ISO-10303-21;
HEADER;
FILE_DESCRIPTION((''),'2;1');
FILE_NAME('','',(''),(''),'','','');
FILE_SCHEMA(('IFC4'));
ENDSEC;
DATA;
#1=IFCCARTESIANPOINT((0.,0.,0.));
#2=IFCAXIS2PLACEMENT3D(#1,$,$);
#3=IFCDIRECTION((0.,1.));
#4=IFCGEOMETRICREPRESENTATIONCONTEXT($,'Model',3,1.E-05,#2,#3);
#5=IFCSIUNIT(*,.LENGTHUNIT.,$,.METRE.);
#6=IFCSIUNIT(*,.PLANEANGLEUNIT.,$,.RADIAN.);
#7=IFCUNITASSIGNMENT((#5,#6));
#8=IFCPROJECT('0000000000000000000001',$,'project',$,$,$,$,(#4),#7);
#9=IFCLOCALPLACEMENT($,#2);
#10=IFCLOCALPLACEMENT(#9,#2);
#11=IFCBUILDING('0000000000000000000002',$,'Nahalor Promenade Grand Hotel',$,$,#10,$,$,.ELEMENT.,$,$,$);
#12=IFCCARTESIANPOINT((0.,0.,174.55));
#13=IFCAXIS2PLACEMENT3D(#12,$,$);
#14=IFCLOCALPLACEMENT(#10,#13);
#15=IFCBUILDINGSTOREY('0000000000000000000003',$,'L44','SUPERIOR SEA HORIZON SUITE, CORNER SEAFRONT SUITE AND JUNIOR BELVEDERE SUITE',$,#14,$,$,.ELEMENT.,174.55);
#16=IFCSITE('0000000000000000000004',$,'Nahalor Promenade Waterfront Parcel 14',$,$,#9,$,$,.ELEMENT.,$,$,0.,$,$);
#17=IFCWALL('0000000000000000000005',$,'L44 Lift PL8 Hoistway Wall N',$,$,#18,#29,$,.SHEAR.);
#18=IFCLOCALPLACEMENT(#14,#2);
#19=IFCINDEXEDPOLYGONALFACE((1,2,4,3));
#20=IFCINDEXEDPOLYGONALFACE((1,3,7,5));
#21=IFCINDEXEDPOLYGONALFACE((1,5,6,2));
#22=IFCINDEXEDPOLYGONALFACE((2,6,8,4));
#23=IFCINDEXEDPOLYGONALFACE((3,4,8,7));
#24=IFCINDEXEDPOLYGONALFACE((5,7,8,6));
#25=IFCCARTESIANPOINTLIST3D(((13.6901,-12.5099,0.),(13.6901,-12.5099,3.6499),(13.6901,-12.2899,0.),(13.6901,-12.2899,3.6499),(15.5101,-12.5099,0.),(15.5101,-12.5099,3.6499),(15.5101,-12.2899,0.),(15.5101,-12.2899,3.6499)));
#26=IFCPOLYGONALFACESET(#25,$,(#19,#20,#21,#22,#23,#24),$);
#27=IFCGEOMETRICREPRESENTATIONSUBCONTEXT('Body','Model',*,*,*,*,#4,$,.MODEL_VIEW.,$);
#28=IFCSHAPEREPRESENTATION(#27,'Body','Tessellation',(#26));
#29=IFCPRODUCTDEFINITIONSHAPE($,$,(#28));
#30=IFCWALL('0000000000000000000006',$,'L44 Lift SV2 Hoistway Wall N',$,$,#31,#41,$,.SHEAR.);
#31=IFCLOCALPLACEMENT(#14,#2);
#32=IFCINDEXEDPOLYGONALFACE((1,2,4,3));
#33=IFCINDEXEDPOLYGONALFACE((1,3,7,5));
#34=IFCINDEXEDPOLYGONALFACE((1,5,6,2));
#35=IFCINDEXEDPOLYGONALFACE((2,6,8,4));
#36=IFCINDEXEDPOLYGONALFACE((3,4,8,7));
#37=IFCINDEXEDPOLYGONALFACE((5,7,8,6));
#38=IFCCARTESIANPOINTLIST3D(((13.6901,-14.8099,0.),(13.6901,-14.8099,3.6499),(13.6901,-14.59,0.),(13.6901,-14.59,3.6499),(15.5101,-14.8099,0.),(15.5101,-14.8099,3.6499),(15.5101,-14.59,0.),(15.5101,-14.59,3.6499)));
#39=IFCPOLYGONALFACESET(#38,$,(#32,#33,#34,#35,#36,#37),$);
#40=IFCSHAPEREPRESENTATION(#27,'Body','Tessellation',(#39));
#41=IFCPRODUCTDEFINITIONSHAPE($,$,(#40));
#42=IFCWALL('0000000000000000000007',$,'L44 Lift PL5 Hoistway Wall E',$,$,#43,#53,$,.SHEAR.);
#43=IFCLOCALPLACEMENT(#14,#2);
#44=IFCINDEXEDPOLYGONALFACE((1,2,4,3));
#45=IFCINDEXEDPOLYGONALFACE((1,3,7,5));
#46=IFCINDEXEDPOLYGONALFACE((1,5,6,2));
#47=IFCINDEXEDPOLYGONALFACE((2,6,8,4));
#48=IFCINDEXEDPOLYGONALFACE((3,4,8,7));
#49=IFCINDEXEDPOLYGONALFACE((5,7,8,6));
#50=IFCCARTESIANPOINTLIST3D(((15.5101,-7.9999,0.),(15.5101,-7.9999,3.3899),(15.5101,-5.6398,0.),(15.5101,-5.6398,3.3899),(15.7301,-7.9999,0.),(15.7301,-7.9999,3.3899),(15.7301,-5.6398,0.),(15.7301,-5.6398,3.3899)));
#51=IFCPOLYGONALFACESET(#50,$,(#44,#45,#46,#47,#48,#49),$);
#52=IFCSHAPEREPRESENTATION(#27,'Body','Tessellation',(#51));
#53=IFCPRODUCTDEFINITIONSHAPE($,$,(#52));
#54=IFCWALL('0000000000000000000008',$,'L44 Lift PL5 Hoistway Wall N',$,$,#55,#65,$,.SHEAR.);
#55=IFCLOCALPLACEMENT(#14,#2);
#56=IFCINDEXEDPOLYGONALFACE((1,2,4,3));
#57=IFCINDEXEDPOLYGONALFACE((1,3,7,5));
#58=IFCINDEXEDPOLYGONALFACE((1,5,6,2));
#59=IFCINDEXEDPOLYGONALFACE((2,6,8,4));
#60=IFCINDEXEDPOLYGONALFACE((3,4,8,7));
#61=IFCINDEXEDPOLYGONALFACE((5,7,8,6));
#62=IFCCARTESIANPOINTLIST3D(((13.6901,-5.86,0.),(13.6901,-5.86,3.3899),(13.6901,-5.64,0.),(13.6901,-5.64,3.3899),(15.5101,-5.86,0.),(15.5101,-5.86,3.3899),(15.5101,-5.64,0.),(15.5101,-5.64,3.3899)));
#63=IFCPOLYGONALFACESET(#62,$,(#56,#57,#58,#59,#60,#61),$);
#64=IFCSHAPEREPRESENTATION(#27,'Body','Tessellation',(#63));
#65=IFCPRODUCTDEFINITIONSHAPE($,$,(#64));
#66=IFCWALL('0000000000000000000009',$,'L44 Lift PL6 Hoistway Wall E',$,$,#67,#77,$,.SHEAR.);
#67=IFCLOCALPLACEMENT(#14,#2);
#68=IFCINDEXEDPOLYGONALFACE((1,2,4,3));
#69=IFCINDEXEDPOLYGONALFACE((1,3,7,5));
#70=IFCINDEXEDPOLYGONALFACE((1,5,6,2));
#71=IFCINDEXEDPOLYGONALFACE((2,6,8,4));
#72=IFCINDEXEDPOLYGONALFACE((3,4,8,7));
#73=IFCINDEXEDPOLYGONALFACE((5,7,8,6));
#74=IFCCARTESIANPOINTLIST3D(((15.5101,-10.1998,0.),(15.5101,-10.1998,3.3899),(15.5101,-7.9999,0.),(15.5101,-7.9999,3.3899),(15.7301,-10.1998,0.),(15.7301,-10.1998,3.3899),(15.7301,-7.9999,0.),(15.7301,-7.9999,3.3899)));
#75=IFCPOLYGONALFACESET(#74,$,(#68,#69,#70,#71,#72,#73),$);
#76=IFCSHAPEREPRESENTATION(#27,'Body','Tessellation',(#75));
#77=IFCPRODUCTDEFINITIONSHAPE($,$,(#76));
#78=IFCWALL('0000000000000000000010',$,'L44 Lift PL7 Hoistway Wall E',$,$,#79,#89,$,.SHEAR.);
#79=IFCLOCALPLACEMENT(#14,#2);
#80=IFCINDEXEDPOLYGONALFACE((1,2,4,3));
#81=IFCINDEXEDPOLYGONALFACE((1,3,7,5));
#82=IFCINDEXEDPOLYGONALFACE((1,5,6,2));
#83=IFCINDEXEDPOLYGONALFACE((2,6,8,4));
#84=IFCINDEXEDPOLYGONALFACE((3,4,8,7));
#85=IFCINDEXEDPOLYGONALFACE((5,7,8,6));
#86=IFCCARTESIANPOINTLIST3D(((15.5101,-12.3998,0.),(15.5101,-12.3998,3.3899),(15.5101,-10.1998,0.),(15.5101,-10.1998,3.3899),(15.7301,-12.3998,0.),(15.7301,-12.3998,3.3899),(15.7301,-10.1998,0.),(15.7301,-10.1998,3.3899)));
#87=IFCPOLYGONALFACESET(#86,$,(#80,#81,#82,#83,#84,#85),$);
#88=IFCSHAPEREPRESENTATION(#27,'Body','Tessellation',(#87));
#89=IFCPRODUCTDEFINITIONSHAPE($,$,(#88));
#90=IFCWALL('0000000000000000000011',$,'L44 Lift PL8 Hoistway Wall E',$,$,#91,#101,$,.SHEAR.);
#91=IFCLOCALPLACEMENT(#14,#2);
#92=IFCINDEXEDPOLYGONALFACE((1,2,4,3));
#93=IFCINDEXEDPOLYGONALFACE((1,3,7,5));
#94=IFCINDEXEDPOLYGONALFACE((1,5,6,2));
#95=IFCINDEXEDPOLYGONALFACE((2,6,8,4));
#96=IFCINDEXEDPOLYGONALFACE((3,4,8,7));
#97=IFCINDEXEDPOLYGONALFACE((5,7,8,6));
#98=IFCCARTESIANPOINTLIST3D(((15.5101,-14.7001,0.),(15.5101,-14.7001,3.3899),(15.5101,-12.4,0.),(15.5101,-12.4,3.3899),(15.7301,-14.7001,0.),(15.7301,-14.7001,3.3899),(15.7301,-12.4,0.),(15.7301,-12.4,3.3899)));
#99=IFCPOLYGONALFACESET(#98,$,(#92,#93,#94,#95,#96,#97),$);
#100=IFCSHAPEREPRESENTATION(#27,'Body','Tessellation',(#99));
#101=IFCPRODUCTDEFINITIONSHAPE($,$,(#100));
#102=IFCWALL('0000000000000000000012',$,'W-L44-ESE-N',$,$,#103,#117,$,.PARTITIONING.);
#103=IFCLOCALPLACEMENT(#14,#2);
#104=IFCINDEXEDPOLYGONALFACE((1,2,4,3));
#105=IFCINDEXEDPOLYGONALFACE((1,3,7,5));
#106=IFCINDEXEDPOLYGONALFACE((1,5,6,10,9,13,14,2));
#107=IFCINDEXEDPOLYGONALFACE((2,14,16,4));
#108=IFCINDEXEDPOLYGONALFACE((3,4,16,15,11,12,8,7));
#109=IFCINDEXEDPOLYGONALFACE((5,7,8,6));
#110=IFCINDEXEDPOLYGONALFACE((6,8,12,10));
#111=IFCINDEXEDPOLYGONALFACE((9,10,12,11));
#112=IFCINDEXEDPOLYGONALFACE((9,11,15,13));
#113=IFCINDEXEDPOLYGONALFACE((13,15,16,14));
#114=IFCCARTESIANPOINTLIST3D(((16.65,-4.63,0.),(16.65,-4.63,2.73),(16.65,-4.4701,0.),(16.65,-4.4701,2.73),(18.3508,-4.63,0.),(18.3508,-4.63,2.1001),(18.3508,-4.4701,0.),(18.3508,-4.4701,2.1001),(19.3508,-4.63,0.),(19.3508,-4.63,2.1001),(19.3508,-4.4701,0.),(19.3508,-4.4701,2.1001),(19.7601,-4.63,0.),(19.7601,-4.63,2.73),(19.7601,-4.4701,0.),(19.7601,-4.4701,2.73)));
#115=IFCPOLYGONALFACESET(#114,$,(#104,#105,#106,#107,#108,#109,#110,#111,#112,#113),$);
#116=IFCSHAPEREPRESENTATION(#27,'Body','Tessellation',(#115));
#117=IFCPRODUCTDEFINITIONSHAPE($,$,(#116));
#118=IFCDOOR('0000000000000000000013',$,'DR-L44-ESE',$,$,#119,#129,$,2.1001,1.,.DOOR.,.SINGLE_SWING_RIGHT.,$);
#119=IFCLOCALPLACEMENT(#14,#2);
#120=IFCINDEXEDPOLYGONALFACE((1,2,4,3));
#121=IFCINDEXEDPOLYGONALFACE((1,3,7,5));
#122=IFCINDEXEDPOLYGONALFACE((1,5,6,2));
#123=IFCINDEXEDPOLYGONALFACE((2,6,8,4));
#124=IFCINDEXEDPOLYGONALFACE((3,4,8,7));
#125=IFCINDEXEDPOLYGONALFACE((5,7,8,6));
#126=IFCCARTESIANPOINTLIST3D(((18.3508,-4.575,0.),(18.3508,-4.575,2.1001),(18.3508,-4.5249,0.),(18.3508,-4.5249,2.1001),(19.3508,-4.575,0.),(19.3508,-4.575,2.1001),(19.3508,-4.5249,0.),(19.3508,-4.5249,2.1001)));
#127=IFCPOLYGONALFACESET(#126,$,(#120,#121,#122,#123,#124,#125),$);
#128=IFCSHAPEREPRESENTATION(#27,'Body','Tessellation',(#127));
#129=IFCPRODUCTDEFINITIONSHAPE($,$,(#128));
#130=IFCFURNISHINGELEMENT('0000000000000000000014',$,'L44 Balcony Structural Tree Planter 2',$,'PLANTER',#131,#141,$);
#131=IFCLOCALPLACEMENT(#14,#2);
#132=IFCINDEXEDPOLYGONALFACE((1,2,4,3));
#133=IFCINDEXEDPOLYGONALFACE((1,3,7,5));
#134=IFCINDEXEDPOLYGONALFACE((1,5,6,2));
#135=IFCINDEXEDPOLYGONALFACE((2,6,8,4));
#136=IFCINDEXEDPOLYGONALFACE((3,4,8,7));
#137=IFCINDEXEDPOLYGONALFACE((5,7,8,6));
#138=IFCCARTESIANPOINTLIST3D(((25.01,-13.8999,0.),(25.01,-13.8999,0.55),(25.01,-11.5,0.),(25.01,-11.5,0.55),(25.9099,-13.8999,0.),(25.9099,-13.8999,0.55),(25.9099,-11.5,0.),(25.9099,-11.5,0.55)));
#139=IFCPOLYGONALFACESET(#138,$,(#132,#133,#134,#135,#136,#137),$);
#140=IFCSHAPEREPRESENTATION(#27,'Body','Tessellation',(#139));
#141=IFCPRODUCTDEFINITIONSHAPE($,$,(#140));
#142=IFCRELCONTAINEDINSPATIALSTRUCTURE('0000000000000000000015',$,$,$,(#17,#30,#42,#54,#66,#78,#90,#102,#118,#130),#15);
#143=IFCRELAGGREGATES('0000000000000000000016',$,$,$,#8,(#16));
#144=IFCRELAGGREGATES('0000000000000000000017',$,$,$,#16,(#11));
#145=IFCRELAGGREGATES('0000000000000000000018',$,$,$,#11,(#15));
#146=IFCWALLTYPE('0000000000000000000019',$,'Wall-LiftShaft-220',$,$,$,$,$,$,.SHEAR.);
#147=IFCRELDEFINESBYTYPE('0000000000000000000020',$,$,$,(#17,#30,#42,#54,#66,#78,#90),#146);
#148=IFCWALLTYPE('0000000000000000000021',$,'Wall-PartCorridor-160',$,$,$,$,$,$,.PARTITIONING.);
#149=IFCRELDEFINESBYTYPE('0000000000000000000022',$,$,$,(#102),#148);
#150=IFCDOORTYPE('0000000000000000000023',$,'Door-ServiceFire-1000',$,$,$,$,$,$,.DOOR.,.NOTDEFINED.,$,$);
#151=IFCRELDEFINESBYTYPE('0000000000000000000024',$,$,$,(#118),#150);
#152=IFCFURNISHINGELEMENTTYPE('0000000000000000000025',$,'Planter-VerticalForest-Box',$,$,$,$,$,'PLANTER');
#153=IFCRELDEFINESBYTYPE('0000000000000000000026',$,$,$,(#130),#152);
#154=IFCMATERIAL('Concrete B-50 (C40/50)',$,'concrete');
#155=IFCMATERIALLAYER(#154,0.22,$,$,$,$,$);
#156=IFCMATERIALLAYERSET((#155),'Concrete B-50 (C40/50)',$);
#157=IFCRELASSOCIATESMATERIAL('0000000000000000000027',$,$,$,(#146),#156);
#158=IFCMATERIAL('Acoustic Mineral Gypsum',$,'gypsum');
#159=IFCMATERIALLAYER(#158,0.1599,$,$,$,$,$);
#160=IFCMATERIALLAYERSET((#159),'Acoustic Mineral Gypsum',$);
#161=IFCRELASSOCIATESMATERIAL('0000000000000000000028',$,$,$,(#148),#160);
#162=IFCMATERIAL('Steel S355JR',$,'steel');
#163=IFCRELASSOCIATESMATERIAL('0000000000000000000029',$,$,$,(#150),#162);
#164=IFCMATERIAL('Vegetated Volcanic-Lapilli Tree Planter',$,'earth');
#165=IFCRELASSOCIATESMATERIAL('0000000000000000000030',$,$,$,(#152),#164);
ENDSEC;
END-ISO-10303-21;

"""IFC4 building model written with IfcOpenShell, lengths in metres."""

from ifc_helpers import new_model, si_unit, direction, frame, frame_2d, origin, origin_2d, place, context, subcontext, project, spatial, rectangle, extrude, source, transform, mapped, material, layer, layer_set, type_object, element, fill, save


model = new_model("IFC4")

# Units and contexts
model_context = context("Model", 3, precision=1e-05, world=origin(), true_north=direction((0.0, 1.0)))
body_context = subcontext(model_context, "Body", "Model", "MODEL_VIEW")
ifc_project = project(units=[si_unit("LENGTHUNIT", "METRE"), si_unit("PLANEANGLEUNIT", "RADIAN")], contexts=[model_context])

# Site, building, storey
site_placement = place(None, origin())
site = spatial("IfcSite", under=ifc_project, at=site_placement, Name="Nahalor Promenade Waterfront Parcel 14", CompositionType="ELEMENT", RefElevation=0.0)
building_placement = place(site_placement, origin())
building = spatial("IfcBuilding", under=site, at=building_placement, Name="Nahalor Promenade Grand Hotel", CompositionType="ELEMENT")
storey_placement = place(building_placement, frame((0.0, 0.0, 174.55)))
storey = spatial("IfcBuildingStorey", under=building, at=storey_placement, Name="L44", Description="SUPERIOR SEA HORIZON SUITE, CORNER SEAFRONT SUITE AND JUNIOR BELVEDERE SUITE", CompositionType="ELEMENT", Elevation=174.55)

# Shared definitions
ifc_material_1 = material(Name="Steel S355JR", Category="steel")

# Walls
ifc_material_2 = material(Name="Concrete B-50 (C40/50)", Category="concrete")
ifc_layer_1 = layer(ifc_material_2, 0.22)
ifc_layer_set_1 = layer_set([ifc_layer_1], Name="Concrete B-50 (C40/50)")
wall_type_1 = type_object("IfcWallType", Name="Wall-LiftShaft-220", PredefinedType="SHEAR", material=ifc_layer_set_1)
shared_shape_1 = source(origin(), body_context, "Body", "SweptSolid", [
    extrude(rectangle(XDim=1.8201, YDim=0.22, at=frame_2d((0.9102, 0.0))), origin(), (0.0, 0.0, 1.0), 3.6499),
])
for number, where, z_axis, x_axis, name in (
    (1, (13.6899, -12.3999, 0.0), (0.0, 0.0, 1.0), (1.0, 0.0, 0.0), "L44 Lift PL8 Hoistway Wall N"),
    (2, (13.6899, -14.7, 0.0), (0.0, 0.0, 1.0), (1.0, 0.0, 0.0), "L44 Lift SV2 Hoistway Wall N"),
):
    element("IfcWall", number, at=place(storey_placement, frame(where, z_axis=z_axis, x_axis=x_axis)), inside=storey, type_object=wall_type_1, Name=name, PredefinedType="SHEAR", context=body_context, shape_type="MappedRepresentation", body=[
        mapped(shared_shape_1, transform((0.0, 0.0, 0.0), scale=1.0)),
    ])
shared_shape_2 = source(origin(), body_context, "Body", "SweptSolid", [
    extrude(rectangle(XDim=2.3601, YDim=0.22, at=frame_2d((1.1802, 0.0))), origin(), (0.0, 0.0, 1.0), 3.3899),
])
wall_1_placement = place(storey_placement, frame((15.6201, -8.0, 0.0), z_axis=(0.0, 0.0, 1.0), x_axis=(0.0, 1.0, 0.0)))
element("IfcWall", 3, at=wall_1_placement, inside=storey, type_object=wall_type_1, Name="L44 Lift PL5 Hoistway Wall E", PredefinedType="SHEAR", context=body_context, shape_type="MappedRepresentation", body=[
    mapped(shared_shape_2, transform((0.0, 0.0, 0.0), scale=1.0)),
])
shared_shape_3 = source(origin(), body_context, "Body", "SweptSolid", [
    extrude(rectangle(XDim=1.8201, YDim=0.22, at=frame_2d((0.9102, 0.0))), origin(), (0.0, 0.0, 1.0), 3.3899),
])
wall_2_placement = place(storey_placement, frame((13.6899, -5.75, 0.0), z_axis=(0.0, 0.0, 1.0), x_axis=(1.0, 0.0, 0.0)))
element("IfcWall", 4, at=wall_2_placement, inside=storey, type_object=wall_type_1, Name="L44 Lift PL5 Hoistway Wall N", PredefinedType="SHEAR", context=body_context, shape_type="MappedRepresentation", body=[
    mapped(shared_shape_3, transform((0.0, 0.0, 0.0), scale=1.0)),
])
shared_shape_4 = source(origin(), body_context, "Body", "SweptSolid", [
    extrude(rectangle(XDim=2.2, YDim=0.22, at=frame_2d((1.1001, 0.0))), origin(), (0.0, 0.0, 1.0), 3.3899),
])
for number, where, z_axis, x_axis, name in (
    (5, (15.6201, -10.2, 0.0), (0.0, 0.0, 1.0), (0.0, 1.0, 0.0), "L44 Lift PL6 Hoistway Wall E"),
    (6, (15.6201, -12.3999, 0.0), (0.0, 0.0, 1.0), (0.0, 1.0, 0.0), "L44 Lift PL7 Hoistway Wall E"),
):
    element("IfcWall", number, at=place(storey_placement, frame(where, z_axis=z_axis, x_axis=x_axis)), inside=storey, type_object=wall_type_1, Name=name, PredefinedType="SHEAR", context=body_context, shape_type="MappedRepresentation", body=[
        mapped(shared_shape_4, transform((0.0, 0.0, 0.0), scale=1.0)),
    ])
shared_shape_5 = source(origin(), body_context, "Body", "SweptSolid", [
    extrude(rectangle(XDim=2.3, YDim=0.22, at=frame_2d((1.1499, 0.0))), origin(), (0.0, 0.0, 1.0), 3.3899),
])
wall_3_placement = place(storey_placement, frame((15.6201, -14.7, 0.0), z_axis=(0.0, 0.0, 1.0), x_axis=(0.0, 1.0, 0.0)))
element("IfcWall", 7, at=wall_3_placement, inside=storey, type_object=wall_type_1, Name="L44 Lift PL8 Hoistway Wall E", PredefinedType="SHEAR", context=body_context, shape_type="MappedRepresentation", body=[
    mapped(shared_shape_5, transform((0.0, 0.0, 0.0), scale=1.0)),
])

# Wall, opening, door
ifc_material_3 = material(Name="Acoustic Mineral Gypsum", Category="gypsum")
ifc_layer_2 = layer(ifc_material_3, 0.1599)
ifc_layer_set_2 = layer_set([ifc_layer_2], Name="Acoustic Mineral Gypsum")
wall_type_2 = type_object("IfcWallType", Name="Wall-PartCorridor-160", PredefinedType="PARTITIONING", material=ifc_layer_set_2)
shared_shape_6 = source(origin(), body_context, "Body", "SweptSolid", [
    extrude(rectangle(XDim=3.1101, YDim=0.1599, at=frame_2d((1.5552, 0.0))), origin(), (0.0, 0.0, 1.0), 2.73),
])
wall_4_placement = place(storey_placement, frame((16.6499, -4.55, 0.0), z_axis=(0.0, 0.0, 1.0), x_axis=(1.0, 0.0, 0.0)))
wall_4 = element("IfcWall", 8, at=wall_4_placement, inside=storey, type_object=wall_type_2, Name="W-L44-ESE-N", PredefinedType="PARTITIONING", context=body_context, shape_type="MappedRepresentation", body=[
    mapped(shared_shape_6, transform((0.0, 0.0, 0.0), scale=1.0)),
])
opening_placement = place(wall_4_placement, frame((1.7009, 0.0, 0.0)))
opening = element("IfcOpeningElement", 9, at=opening_placement, cuts=wall_4, PredefinedType="OPENING", context=body_context, shape_type="SweptSolid", body=[
    extrude(rectangle(XDim=1.0, YDim=2.1001, at=frame_2d((0.5, 1.05))), frame((0.0, 0.0898, 0.0), z_axis=(0.0, -1.0, 0.0), x_axis=(1.0, 0.0, 0.0)), (0.0, 0.0, 1.0), 0.1799),
])
door_type = type_object("IfcDoorType", Name="Door-ServiceFire-1000", OperationType="NOTDEFINED", PredefinedType="DOOR", material=ifc_material_1)
shared_shape_7 = source(origin(), body_context, "Body", "SweptSolid", [
    extrude(rectangle(XDim=1.0, YDim=2.1001, at=frame_2d((0.5, 1.05))), frame((0.0, 0.0249, 0.0), z_axis=(0.0, -1.0, 0.0), x_axis=(1.0, 0.0, 0.0)), (0.0, 0.0, 1.0), 0.05),
])
door_placement = place(opening_placement, frame((1.0, 0.0, 0.0), z_axis=(0.0, 0.0, 1.0), x_axis=(-1.0, 0.0, 0.0)))
door = element("IfcDoor", 10, at=door_placement, inside=storey, type_object=door_type, Name="DR-L44-ESE", OperationType="SINGLE_SWING_RIGHT", OverallHeight=2.1001, OverallWidth=1.0, PredefinedType="DOOR", context=body_context, shape_type="MappedRepresentation", body=[
    mapped(shared_shape_7, transform((0.0, 0.0, 0.0), scale=1.0)),
])
fill(opening, door)

# Furnishing element
ifc_material_4 = material(Name="Vegetated Volcanic-Lapilli Tree Planter", Category="earth")
furnishing_element_type = type_object("IfcFurnishingElementType", Name="Planter-VerticalForest-Box", ElementType="PLANTER", material=ifc_material_4)
shared_shape_8 = source(origin(), body_context, "Body", "SweptSolid", [
    extrude(rectangle(XDim=2.3999, YDim=0.8999, at=origin_2d()), origin(), (0.0, 0.0, 1.0), 0.55),
])
furnishing_placement = place(storey_placement, frame((25.46, -12.7, 0.0), z_axis=(0.0, 0.0, 1.0), x_axis=(0.0, 1.0, 0.0)))
element("IfcFurnishingElement", 11, at=furnishing_placement, inside=storey, type_object=furnishing_element_type, Name="L44 Balcony Structural Tree Planter 2", ObjectType="PLANTER", context=body_context, shape_type="MappedRepresentation", body=[
    mapped(shared_shape_8, transform((0.0, 0.0, 0.0), scale=1.0)),
])

save(model, "model.ifc")
